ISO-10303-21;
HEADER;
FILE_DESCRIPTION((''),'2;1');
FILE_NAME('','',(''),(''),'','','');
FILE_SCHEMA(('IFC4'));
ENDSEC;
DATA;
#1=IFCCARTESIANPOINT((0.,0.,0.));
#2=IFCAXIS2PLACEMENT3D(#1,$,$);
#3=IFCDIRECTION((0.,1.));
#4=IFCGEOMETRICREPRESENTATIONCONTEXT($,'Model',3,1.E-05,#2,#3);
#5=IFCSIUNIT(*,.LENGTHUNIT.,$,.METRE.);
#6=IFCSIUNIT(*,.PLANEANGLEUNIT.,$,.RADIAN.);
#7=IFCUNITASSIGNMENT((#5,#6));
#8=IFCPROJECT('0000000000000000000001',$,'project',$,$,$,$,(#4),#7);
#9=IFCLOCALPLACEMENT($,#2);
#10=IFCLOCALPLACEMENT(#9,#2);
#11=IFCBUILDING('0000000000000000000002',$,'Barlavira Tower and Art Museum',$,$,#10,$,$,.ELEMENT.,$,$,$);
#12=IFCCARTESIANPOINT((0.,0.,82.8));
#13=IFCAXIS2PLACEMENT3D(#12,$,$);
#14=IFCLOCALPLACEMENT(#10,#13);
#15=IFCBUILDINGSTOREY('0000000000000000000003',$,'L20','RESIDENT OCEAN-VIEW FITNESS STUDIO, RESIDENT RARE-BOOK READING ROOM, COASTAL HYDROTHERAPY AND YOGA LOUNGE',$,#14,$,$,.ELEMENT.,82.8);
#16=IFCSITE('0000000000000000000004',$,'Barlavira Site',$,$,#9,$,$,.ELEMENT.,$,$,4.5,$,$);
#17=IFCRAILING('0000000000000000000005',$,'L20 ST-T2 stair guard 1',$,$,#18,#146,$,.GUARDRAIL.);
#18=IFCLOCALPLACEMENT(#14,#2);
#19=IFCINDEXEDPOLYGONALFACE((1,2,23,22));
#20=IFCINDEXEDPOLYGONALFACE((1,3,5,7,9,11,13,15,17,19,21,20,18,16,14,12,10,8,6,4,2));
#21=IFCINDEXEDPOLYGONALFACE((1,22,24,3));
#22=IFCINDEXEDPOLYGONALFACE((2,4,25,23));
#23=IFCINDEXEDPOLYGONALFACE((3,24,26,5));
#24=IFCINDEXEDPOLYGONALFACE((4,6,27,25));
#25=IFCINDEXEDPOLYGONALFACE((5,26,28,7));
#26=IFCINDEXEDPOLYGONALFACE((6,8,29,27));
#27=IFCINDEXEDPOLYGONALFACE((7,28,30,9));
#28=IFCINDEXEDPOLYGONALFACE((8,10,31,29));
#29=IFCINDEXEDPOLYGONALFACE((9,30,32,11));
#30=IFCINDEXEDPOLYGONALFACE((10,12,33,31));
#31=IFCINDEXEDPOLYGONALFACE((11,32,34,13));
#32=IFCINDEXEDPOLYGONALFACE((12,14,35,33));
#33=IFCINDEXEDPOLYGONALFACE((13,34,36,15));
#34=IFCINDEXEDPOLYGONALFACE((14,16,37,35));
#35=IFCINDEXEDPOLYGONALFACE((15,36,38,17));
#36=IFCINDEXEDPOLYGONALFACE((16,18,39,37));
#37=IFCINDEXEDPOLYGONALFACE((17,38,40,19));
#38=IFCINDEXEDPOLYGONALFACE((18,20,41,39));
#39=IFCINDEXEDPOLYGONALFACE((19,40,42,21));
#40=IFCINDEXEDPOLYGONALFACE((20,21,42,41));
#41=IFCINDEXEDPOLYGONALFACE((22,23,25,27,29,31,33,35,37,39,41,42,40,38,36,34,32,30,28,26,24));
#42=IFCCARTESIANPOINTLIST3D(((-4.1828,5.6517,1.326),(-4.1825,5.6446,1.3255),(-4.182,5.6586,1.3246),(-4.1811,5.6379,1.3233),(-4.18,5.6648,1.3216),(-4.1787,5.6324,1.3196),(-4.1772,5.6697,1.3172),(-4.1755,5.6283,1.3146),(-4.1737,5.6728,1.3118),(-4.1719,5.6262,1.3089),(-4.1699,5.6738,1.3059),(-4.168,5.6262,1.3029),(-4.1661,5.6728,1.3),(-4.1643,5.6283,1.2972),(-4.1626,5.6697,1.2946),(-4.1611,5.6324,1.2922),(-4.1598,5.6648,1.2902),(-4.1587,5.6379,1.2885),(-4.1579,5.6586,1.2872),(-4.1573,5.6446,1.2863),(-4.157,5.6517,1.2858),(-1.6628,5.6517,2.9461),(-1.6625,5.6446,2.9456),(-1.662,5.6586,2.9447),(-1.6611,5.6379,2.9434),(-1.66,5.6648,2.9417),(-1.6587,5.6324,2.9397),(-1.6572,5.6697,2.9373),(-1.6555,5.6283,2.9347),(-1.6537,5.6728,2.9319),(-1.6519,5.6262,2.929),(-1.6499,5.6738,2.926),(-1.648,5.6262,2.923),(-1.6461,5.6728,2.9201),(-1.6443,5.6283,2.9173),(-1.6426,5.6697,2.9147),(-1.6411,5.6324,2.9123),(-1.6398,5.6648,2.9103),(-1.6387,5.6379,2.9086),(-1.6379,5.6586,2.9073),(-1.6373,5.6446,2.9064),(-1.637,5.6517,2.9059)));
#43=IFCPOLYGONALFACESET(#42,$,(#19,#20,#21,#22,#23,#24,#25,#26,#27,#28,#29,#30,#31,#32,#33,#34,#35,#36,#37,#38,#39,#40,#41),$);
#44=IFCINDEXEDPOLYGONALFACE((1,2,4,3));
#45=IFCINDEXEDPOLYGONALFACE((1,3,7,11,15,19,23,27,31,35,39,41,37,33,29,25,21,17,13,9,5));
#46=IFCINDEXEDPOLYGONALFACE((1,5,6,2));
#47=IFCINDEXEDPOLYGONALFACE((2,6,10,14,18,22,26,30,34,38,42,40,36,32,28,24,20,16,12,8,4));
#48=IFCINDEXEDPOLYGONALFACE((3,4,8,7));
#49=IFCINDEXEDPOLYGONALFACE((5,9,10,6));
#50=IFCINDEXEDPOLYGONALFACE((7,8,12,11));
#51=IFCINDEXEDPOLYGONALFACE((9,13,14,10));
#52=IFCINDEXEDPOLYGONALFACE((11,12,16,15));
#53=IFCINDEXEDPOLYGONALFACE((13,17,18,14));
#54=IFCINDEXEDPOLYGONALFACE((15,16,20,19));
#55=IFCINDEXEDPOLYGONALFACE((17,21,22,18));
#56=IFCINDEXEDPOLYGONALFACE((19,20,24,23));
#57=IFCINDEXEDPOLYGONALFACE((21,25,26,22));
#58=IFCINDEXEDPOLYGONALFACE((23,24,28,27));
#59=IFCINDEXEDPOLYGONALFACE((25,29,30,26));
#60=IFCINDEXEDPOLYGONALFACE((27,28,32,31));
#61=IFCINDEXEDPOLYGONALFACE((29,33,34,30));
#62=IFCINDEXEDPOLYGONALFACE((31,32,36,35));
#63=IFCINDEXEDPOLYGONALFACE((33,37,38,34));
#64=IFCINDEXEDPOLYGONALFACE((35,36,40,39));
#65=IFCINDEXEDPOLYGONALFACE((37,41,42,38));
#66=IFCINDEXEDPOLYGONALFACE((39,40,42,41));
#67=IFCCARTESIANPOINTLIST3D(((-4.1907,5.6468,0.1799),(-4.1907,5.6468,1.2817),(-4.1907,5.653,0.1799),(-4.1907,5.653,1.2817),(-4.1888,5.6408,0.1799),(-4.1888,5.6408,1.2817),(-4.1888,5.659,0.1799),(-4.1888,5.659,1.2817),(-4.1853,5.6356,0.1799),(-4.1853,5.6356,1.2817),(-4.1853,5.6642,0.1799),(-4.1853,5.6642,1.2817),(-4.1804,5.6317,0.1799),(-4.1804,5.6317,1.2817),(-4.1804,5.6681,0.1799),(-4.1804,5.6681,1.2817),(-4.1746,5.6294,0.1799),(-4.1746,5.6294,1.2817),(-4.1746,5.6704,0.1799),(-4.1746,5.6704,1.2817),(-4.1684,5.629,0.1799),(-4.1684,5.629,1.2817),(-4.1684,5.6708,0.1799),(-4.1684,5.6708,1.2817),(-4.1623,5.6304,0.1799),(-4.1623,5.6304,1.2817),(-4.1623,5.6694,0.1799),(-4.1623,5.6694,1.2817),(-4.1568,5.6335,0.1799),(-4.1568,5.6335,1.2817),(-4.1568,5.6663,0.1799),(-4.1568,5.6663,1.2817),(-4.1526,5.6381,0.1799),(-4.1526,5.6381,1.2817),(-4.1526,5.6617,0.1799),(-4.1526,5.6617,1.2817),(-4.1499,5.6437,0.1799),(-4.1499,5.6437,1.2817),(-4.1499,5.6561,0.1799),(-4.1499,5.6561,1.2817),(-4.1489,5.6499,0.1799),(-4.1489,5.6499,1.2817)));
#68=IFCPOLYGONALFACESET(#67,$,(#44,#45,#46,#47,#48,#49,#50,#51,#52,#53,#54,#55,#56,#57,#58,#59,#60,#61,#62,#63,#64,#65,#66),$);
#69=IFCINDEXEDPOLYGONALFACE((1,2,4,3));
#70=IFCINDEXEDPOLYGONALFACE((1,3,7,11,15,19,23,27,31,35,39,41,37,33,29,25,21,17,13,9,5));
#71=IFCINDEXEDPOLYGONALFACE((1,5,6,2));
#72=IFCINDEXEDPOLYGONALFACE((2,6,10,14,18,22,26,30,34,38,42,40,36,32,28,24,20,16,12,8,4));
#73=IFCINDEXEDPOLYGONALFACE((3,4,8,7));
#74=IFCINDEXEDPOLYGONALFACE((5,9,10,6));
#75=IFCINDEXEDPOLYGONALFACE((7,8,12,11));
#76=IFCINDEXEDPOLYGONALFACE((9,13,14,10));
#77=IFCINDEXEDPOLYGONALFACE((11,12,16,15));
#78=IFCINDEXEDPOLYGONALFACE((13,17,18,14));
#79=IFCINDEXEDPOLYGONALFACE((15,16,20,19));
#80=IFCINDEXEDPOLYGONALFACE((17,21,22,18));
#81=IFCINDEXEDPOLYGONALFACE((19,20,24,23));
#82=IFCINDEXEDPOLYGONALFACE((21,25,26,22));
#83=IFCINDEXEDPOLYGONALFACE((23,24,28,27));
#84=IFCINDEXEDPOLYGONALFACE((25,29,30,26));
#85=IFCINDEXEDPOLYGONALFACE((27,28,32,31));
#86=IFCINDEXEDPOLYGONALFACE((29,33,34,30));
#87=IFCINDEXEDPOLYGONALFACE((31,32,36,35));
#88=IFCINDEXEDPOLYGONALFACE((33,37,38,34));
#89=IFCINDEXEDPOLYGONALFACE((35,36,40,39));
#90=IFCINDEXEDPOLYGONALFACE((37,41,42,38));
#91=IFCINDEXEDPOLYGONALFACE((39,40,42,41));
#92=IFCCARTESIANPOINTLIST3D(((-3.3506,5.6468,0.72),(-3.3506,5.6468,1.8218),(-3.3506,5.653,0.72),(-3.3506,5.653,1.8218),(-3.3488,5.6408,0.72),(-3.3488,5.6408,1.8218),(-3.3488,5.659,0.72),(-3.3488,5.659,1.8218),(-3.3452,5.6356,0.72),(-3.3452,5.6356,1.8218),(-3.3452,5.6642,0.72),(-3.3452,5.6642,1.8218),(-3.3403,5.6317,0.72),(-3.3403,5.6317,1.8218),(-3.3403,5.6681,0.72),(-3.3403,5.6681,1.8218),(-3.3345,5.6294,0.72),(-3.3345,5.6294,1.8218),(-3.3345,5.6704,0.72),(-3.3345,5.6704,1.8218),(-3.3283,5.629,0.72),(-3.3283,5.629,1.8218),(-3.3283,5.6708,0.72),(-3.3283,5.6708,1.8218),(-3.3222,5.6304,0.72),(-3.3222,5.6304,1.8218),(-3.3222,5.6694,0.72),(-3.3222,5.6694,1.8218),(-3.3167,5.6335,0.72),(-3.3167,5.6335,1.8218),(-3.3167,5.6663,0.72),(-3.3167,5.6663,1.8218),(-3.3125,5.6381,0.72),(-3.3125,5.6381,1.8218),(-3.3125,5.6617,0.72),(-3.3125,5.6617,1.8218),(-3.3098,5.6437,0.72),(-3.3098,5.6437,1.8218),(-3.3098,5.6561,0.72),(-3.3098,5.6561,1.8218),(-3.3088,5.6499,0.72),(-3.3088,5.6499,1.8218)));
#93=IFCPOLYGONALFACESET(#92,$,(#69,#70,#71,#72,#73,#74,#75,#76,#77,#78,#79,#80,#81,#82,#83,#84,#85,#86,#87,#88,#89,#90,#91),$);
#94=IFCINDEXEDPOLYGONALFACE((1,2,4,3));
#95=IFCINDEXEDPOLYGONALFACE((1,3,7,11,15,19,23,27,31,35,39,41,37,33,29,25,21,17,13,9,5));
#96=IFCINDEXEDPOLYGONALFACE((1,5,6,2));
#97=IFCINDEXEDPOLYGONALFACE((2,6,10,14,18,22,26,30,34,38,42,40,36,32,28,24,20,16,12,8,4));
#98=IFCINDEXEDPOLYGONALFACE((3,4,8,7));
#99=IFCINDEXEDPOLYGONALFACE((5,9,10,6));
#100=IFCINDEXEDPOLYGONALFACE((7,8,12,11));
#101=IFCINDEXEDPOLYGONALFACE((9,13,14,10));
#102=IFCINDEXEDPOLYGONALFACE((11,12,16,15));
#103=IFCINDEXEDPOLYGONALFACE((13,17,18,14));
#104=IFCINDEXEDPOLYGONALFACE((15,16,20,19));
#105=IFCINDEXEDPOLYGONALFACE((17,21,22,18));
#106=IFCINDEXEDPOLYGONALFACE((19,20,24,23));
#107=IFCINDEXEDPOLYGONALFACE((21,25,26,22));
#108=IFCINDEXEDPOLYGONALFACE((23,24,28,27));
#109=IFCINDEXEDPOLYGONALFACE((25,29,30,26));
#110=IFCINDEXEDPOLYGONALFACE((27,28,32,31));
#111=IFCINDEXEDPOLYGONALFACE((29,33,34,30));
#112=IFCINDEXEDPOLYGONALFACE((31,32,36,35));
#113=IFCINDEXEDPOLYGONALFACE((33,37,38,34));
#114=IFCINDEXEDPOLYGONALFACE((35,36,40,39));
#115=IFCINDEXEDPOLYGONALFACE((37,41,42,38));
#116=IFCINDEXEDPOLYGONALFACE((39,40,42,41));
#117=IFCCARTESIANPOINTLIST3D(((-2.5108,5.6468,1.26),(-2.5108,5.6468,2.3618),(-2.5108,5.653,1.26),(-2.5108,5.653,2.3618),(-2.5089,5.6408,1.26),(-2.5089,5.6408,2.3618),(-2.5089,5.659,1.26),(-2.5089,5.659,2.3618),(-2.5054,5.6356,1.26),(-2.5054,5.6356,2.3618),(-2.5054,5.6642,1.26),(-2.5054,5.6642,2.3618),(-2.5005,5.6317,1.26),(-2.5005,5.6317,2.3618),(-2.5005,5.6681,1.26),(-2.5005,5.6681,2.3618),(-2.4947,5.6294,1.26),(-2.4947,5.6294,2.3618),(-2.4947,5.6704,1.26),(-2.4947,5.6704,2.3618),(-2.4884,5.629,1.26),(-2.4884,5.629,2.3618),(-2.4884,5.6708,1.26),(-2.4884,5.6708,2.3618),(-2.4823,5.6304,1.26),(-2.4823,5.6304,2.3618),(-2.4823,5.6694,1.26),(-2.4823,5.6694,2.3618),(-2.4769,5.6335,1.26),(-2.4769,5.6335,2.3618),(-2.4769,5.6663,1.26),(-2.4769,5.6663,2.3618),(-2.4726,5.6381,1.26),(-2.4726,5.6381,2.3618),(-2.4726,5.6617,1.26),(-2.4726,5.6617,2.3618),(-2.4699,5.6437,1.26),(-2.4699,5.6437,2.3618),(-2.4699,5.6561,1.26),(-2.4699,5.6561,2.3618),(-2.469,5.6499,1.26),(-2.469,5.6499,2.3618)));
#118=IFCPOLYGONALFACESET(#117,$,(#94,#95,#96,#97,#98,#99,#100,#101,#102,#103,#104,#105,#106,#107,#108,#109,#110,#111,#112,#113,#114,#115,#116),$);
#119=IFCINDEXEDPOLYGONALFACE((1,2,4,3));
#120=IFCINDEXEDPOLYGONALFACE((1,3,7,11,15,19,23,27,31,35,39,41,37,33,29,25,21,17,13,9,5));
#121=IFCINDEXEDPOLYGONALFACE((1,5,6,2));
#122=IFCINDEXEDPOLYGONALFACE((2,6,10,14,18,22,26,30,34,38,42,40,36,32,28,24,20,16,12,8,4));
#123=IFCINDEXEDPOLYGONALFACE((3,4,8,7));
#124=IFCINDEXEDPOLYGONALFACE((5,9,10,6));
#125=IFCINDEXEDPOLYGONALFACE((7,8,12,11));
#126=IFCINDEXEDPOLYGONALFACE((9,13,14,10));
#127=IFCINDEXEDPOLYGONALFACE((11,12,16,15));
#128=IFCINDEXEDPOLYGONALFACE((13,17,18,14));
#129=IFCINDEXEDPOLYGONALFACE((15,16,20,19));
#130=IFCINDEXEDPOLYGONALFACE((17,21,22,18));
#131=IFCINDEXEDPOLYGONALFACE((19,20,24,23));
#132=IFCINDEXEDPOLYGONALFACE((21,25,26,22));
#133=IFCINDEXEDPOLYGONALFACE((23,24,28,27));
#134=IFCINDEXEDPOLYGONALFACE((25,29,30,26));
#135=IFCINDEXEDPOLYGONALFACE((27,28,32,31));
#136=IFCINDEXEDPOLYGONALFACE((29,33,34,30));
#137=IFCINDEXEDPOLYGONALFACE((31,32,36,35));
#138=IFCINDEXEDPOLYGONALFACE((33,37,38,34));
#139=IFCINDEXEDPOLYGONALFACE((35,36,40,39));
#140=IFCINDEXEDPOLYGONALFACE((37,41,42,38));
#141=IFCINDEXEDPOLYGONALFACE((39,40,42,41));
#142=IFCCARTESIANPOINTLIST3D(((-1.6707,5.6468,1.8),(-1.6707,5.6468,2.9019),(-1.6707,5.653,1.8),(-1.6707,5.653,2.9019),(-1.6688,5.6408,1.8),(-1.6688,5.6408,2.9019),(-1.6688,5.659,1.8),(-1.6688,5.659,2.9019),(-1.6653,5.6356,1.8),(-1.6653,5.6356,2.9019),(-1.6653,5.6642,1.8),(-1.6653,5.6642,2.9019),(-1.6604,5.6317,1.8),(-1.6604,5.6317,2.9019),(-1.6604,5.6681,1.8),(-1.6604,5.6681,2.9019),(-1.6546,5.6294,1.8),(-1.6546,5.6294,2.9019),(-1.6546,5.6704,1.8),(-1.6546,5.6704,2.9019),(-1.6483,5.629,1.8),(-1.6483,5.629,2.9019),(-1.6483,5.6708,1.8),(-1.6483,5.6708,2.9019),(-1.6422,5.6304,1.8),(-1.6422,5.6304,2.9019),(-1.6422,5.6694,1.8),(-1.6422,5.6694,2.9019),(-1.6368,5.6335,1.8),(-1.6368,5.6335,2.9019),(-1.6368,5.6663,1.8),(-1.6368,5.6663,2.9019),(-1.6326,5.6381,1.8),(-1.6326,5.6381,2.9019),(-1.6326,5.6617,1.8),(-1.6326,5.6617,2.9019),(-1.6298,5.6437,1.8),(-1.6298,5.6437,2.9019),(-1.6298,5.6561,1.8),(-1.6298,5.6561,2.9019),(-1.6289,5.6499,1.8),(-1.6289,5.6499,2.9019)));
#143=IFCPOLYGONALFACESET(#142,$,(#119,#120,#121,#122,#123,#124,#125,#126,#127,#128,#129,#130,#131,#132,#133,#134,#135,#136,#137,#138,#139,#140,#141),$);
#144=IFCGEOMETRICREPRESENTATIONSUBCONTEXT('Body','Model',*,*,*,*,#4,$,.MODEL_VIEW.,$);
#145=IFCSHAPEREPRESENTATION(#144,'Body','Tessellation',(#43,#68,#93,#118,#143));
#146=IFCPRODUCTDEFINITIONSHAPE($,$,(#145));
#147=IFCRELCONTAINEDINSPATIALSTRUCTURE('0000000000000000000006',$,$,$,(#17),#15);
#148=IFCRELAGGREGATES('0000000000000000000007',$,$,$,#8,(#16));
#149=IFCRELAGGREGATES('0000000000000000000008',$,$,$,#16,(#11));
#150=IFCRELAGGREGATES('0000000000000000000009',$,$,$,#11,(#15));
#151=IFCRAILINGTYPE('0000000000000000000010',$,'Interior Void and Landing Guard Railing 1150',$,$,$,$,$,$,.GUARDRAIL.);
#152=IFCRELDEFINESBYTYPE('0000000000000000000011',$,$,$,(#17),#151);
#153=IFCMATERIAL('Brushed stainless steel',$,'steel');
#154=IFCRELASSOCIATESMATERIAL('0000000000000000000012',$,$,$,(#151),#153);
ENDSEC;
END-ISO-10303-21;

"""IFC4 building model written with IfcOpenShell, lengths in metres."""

from ifc_helpers import new_model, si_unit, direction, frame, origin, origin_2d, place, context, subcontext, project, spatial, circle, extrude, material, type_object, element, save


model = new_model("IFC4")

# Units and contexts
model_context = context("Model", 3, precision=1e-05, world=origin(), true_north=direction((0.0, 1.0)))
body_context = subcontext(model_context, "Body", "Model", "MODEL_VIEW")
ifc_project = project(units=[si_unit("LENGTHUNIT", "METRE"), si_unit("PLANEANGLEUNIT", "RADIAN")], contexts=[model_context])

# Site, building, storey
site_placement = place(None, origin())
site = spatial("IfcSite", under=ifc_project, at=site_placement, Name="Barlavira Site", CompositionType="ELEMENT", RefElevation=4.5)
building_placement = place(site_placement, origin())
building = spatial("IfcBuilding", under=site, at=building_placement, Name="Barlavira Tower and Art Museum", CompositionType="ELEMENT")
storey_placement = place(building_placement, frame((0.0, 0.0, 82.8)))
storey = spatial("IfcBuildingStorey", under=building, at=storey_placement, Name="L20", Description="RESIDENT OCEAN-VIEW FITNESS STUDIO, RESIDENT RARE-BOOK READING ROOM, COASTAL HYDROTHERAPY AND YOGA LOUNGE", CompositionType="ELEMENT", Elevation=82.8)

# Shared definitions
ifc_material_1 = material(Name="Brushed stainless steel", Category="steel")

# Railing
railing_type_1 = type_object("IfcRailingType", Name="Interior Void and Landing Guard Railing 1150", PredefinedType="GUARDRAIL", material=ifc_material_1)
railing_1_placement = place(storey_placement, frame((-4.1699, 5.6499, 0.1799)))
element("IfcRailing", 1, at=railing_1_placement, inside=storey, type_object=railing_type_1, Name="L20 ST-T2 stair guard 1", PredefinedType="GUARDRAIL", context=body_context, shape_type="SweptSolid", body=[
    extrude(circle(Radius=0.0239, at=origin_2d()), frame((0.0, 0.0, 1.126), z_axis=(0.841163, 0.0, 0.540782), x_axis=(0.0, 1.0, 0.0)), (0.0, 0.0, 1.0), 2.9958),
    extrude(circle(Radius=0.021, at=origin_2d()), origin(), (0.0, 0.0, 1.0), 1.1018),
    extrude(circle(Radius=0.021, at=origin_2d()), frame((0.8401, 0.0, 0.54)), (0.0, 0.0, 1.0), 1.1018),
    extrude(circle(Radius=0.021, at=origin_2d()), frame((1.6799, 0.0, 1.0801)), (0.0, 0.0, 1.0), 1.1018),
    extrude(circle(Radius=0.021, at=origin_2d()), frame((2.52, 0.0, 1.6201)), (0.0, 0.0, 1.0), 1.1018),
])

save(model, "model.ifc")
